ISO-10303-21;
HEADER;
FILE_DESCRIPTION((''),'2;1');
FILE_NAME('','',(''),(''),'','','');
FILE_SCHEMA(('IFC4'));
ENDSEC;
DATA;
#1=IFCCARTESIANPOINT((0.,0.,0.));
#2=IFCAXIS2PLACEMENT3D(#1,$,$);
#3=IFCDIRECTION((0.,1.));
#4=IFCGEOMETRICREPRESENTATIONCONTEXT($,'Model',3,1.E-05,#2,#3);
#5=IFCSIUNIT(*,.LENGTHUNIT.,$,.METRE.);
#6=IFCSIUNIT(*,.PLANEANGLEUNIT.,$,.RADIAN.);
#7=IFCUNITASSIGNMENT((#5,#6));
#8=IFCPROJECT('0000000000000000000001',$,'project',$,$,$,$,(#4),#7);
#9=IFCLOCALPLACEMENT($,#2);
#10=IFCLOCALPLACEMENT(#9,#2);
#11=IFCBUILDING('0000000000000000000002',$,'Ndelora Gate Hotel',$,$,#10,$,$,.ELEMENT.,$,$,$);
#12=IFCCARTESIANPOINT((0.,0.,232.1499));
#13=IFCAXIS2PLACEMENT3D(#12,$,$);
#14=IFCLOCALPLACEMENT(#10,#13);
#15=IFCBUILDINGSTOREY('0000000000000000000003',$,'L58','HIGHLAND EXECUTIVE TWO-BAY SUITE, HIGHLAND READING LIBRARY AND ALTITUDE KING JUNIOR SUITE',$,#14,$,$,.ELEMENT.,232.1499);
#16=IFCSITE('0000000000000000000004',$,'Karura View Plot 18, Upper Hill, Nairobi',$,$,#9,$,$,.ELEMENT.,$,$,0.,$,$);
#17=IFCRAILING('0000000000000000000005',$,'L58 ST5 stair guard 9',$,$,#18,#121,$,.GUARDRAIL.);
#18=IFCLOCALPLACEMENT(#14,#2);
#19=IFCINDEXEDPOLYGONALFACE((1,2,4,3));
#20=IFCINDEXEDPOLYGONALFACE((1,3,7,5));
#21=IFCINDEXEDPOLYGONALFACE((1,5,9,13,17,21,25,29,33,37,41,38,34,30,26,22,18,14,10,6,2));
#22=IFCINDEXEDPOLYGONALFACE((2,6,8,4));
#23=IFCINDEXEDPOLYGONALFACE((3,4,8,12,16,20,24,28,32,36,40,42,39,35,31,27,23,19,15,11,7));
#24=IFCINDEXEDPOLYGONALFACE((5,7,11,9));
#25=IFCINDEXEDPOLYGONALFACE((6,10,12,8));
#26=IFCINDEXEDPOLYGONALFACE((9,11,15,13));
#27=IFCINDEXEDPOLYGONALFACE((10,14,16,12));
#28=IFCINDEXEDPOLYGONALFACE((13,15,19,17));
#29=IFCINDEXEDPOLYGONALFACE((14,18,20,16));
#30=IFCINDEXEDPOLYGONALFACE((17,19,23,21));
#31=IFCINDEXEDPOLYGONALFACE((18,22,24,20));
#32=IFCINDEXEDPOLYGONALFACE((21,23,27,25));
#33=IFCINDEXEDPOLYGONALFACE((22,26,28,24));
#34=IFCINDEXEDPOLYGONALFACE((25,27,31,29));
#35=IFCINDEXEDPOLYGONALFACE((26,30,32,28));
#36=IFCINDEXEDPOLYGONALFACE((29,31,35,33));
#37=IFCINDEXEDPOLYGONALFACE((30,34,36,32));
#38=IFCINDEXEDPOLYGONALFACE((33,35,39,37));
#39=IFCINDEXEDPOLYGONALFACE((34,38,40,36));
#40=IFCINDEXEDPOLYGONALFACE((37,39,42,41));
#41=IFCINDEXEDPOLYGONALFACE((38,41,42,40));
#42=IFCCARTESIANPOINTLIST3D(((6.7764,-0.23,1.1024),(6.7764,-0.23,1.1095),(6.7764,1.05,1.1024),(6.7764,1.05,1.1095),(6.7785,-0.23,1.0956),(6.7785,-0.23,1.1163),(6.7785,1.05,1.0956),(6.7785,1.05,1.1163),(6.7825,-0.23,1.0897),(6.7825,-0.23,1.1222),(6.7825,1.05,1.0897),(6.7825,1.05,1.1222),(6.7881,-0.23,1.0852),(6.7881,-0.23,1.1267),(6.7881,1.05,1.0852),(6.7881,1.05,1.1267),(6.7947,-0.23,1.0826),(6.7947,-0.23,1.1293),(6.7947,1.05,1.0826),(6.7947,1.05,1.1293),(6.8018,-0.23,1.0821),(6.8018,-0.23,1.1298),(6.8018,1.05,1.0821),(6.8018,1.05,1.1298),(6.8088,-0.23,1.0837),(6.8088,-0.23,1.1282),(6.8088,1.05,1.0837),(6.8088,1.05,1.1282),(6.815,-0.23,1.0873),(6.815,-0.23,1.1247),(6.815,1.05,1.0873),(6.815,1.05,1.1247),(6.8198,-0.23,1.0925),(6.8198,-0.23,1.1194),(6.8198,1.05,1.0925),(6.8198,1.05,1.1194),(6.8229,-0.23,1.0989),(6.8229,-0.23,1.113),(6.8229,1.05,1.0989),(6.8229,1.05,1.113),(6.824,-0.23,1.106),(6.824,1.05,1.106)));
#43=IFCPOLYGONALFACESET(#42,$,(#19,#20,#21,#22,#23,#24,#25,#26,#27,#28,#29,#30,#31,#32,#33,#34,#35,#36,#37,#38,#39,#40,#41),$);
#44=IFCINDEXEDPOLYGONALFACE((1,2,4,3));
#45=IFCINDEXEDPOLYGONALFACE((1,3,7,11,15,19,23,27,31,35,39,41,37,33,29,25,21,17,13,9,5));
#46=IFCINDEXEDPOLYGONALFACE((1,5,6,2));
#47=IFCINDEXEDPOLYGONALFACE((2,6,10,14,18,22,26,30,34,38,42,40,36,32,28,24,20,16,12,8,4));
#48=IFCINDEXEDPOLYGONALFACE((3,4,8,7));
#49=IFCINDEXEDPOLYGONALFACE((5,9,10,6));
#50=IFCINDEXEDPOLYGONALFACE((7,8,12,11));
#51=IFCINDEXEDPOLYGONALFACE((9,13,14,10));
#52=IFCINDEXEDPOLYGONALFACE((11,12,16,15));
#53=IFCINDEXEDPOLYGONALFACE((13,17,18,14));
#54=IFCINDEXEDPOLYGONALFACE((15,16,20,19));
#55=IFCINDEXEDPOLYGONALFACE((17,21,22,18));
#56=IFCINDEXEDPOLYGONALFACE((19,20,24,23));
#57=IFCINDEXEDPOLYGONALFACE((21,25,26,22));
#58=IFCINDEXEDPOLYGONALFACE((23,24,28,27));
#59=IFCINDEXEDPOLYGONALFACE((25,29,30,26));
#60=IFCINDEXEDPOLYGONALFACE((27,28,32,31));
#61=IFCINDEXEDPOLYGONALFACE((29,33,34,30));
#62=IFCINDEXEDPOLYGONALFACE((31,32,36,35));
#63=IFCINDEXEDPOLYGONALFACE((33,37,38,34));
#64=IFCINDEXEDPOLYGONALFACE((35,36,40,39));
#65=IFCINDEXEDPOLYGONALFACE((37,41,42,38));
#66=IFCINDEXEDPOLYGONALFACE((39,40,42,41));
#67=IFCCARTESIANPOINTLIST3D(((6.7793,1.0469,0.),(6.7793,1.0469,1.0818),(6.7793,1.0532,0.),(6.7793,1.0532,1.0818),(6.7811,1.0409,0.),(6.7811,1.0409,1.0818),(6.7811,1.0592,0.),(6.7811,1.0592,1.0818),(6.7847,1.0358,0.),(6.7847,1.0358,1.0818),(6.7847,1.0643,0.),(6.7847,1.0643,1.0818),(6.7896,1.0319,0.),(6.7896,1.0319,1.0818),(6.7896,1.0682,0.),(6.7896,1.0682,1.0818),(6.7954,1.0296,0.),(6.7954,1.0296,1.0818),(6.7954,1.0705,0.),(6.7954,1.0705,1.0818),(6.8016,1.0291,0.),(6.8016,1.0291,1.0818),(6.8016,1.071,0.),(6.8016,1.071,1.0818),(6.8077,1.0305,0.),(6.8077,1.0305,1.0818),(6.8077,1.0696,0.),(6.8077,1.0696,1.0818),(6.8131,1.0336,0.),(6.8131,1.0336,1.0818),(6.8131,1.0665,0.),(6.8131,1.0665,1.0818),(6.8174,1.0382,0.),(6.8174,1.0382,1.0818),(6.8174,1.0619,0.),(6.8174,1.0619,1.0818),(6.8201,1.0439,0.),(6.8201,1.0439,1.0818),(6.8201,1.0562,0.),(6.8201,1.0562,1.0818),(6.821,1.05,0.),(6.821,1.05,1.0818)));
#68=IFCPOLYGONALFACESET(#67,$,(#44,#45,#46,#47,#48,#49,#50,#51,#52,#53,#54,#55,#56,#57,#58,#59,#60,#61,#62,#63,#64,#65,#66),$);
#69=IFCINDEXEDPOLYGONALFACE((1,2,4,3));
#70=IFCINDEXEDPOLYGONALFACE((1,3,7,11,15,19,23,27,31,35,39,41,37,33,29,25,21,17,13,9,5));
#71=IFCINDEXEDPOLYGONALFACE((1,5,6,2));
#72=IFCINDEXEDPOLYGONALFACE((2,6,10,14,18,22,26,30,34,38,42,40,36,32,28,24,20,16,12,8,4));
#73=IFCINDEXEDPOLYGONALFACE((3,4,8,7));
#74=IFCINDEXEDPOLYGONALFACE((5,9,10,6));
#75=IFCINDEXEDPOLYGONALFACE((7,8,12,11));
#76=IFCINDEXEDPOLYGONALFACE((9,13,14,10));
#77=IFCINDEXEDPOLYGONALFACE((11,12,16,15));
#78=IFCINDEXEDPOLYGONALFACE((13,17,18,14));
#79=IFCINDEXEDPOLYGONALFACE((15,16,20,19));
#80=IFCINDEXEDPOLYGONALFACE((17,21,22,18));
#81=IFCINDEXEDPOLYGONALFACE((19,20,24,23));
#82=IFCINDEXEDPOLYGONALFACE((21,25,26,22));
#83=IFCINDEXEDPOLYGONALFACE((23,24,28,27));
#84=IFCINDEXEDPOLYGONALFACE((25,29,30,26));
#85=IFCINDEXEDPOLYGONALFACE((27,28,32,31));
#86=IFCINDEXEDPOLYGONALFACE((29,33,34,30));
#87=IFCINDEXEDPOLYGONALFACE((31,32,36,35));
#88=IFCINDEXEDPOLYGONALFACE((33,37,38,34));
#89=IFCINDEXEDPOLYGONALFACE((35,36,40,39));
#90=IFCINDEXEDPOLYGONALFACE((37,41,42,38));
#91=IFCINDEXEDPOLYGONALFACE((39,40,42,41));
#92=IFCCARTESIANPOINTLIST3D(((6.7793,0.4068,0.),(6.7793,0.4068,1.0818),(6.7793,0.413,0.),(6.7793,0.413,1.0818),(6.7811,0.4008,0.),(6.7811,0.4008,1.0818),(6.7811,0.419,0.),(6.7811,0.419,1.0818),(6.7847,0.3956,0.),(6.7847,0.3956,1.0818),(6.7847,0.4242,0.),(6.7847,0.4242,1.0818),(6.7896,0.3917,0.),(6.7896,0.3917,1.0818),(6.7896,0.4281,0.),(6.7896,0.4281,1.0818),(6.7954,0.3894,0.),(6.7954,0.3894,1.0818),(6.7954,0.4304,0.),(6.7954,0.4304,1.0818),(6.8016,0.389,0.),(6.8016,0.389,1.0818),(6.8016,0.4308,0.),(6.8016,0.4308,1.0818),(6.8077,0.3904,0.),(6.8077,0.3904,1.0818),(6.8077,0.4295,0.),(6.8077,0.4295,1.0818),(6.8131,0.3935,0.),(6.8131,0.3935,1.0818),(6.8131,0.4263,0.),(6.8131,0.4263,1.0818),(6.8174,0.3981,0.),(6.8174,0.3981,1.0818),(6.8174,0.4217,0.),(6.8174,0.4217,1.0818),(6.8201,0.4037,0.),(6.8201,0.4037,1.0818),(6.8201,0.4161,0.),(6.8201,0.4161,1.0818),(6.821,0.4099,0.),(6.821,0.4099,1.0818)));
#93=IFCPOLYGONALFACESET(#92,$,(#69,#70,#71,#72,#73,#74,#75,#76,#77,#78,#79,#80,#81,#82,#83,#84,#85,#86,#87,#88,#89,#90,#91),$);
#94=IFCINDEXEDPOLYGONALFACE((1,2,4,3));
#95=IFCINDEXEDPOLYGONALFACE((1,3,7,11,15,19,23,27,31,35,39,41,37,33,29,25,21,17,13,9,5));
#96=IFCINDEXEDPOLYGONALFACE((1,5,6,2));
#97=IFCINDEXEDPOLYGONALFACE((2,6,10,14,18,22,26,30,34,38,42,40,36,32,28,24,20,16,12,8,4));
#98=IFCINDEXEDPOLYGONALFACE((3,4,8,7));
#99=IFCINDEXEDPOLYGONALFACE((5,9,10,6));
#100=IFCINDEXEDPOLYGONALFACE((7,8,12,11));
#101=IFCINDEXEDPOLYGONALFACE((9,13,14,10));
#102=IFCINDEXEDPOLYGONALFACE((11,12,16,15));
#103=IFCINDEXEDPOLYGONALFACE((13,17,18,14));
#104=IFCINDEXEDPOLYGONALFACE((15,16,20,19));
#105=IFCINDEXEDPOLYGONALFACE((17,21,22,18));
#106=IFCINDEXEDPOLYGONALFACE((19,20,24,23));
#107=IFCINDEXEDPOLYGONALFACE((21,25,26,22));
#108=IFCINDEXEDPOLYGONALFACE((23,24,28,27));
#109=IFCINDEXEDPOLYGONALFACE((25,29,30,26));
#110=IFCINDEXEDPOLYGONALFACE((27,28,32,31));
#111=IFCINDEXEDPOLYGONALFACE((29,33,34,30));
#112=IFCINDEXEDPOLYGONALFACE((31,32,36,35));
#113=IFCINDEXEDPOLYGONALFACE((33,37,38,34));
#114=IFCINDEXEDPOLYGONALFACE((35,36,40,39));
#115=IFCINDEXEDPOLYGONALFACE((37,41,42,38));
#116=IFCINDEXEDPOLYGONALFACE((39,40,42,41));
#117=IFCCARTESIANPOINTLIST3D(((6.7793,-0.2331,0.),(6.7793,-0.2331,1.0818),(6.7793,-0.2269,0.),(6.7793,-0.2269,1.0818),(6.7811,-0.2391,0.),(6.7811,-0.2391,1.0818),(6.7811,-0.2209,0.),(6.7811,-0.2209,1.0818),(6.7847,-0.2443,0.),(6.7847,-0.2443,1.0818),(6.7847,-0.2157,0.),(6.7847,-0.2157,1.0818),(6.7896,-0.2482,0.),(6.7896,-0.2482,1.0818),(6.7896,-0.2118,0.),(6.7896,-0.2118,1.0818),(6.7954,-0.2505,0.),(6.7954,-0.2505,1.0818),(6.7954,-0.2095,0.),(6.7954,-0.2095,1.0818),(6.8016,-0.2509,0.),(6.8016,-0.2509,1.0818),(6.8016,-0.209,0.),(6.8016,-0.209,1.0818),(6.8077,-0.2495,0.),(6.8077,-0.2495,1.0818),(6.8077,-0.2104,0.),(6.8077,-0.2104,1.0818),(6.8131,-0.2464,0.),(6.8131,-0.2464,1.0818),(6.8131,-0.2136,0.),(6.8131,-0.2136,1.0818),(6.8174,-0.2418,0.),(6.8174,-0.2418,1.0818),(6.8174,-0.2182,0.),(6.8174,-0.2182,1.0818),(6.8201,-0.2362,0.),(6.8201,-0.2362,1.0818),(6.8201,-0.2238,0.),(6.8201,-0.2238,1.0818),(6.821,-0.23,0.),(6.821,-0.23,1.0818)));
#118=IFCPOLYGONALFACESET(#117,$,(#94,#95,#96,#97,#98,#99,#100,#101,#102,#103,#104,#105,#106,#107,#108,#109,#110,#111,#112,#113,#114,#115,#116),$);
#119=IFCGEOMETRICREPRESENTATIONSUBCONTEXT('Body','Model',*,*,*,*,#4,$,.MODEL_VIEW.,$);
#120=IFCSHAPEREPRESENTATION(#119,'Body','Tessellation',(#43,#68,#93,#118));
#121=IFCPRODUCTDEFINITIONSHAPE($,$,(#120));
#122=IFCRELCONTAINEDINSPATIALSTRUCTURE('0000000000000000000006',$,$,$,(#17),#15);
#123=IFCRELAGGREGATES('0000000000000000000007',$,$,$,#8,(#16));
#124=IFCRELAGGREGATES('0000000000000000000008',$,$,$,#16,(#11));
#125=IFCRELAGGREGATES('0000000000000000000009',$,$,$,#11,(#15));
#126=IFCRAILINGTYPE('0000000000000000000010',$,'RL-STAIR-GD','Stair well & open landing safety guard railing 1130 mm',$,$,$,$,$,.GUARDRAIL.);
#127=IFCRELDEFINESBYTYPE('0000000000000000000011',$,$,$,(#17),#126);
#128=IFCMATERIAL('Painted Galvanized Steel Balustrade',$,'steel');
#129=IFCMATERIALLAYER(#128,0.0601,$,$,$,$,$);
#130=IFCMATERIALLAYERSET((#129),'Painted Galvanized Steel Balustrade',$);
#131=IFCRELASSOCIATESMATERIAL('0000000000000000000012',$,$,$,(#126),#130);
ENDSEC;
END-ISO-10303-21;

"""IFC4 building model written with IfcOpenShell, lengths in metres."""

from ifc_helpers import new_model, si_unit, direction, frame, origin, origin_2d, place, context, subcontext, project, spatial, circle, extrude, material, layer, layer_set, type_object, element, save


model = new_model("IFC4")

# Units and contexts
model_context = context("Model", 3, precision=1e-05, world=origin(), true_north=direction((0.0, 1.0)))
body_context = subcontext(model_context, "Body", "Model", "MODEL_VIEW")
ifc_project = project(units=[si_unit("LENGTHUNIT", "METRE"), si_unit("PLANEANGLEUNIT", "RADIAN")], contexts=[model_context])

# Site, building, storey
site_placement = place(None, origin())
site = spatial("IfcSite", under=ifc_project, at=site_placement, Name="Karura View Plot 18, Upper Hill, Nairobi", CompositionType="ELEMENT", RefElevation=0.0)
building_placement = place(site_placement, origin())
building = spatial("IfcBuilding", under=site, at=building_placement, Name="Ndelora Gate Hotel", CompositionType="ELEMENT")
storey_placement = place(building_placement, frame((0.0, 0.0, 232.1499)))
storey = spatial("IfcBuildingStorey", under=building, at=storey_placement, Name="L58", Description="HIGHLAND EXECUTIVE TWO-BAY SUITE, HIGHLAND READING LIBRARY AND ALTITUDE KING JUNIOR SUITE", CompositionType="ELEMENT", Elevation=232.1499)

# Railing
ifc_material_1 = material(Name="Painted Galvanized Steel Balustrade", Category="steel")
ifc_layer_1 = layer(ifc_material_1, 0.0601)
ifc_layer_set_1 = layer_set([ifc_layer_1], Name="Painted Galvanized Steel Balustrade")
railing_type_1 = type_object("IfcRailingType", Name="RL-STAIR-GD", Description="Stair well & open landing safety guard railing 1130 mm", PredefinedType="GUARDRAIL", material=ifc_layer_set_1)
for number, where, name in (
    (1, (6.8, 1.05, 0.0), "L58 ST5 stair guard 9"),
):
    element("IfcRailing", number, at=place(storey_placement, frame(where)), inside=storey, type_object=railing_type_1, Name=name, PredefinedType="GUARDRAIL", context=body_context, shape_type="SweptSolid", body=[
        extrude(circle(Radius=0.0239, at=origin_2d()), frame((0.0, 0.0, 1.106), z_axis=(0.0, -1.0, 0.0), x_axis=(1.0, 0.0, 0.0)), (0.0, 0.0, 1.0), 1.28),
        extrude(circle(Radius=0.021, at=origin_2d()), origin(), (0.0, 0.0, 1.0), 1.0818),
        extrude(circle(Radius=0.021, at=origin_2d()), frame((0.0, -0.6401, 0.0)), (0.0, 0.0, 1.0), 1.0818),
        extrude(circle(Radius=0.021, at=origin_2d()), frame((0.0, -1.28, 0.0)), (0.0, 0.0, 1.0), 1.0818),
    ])

save(model, "model.ifc")
